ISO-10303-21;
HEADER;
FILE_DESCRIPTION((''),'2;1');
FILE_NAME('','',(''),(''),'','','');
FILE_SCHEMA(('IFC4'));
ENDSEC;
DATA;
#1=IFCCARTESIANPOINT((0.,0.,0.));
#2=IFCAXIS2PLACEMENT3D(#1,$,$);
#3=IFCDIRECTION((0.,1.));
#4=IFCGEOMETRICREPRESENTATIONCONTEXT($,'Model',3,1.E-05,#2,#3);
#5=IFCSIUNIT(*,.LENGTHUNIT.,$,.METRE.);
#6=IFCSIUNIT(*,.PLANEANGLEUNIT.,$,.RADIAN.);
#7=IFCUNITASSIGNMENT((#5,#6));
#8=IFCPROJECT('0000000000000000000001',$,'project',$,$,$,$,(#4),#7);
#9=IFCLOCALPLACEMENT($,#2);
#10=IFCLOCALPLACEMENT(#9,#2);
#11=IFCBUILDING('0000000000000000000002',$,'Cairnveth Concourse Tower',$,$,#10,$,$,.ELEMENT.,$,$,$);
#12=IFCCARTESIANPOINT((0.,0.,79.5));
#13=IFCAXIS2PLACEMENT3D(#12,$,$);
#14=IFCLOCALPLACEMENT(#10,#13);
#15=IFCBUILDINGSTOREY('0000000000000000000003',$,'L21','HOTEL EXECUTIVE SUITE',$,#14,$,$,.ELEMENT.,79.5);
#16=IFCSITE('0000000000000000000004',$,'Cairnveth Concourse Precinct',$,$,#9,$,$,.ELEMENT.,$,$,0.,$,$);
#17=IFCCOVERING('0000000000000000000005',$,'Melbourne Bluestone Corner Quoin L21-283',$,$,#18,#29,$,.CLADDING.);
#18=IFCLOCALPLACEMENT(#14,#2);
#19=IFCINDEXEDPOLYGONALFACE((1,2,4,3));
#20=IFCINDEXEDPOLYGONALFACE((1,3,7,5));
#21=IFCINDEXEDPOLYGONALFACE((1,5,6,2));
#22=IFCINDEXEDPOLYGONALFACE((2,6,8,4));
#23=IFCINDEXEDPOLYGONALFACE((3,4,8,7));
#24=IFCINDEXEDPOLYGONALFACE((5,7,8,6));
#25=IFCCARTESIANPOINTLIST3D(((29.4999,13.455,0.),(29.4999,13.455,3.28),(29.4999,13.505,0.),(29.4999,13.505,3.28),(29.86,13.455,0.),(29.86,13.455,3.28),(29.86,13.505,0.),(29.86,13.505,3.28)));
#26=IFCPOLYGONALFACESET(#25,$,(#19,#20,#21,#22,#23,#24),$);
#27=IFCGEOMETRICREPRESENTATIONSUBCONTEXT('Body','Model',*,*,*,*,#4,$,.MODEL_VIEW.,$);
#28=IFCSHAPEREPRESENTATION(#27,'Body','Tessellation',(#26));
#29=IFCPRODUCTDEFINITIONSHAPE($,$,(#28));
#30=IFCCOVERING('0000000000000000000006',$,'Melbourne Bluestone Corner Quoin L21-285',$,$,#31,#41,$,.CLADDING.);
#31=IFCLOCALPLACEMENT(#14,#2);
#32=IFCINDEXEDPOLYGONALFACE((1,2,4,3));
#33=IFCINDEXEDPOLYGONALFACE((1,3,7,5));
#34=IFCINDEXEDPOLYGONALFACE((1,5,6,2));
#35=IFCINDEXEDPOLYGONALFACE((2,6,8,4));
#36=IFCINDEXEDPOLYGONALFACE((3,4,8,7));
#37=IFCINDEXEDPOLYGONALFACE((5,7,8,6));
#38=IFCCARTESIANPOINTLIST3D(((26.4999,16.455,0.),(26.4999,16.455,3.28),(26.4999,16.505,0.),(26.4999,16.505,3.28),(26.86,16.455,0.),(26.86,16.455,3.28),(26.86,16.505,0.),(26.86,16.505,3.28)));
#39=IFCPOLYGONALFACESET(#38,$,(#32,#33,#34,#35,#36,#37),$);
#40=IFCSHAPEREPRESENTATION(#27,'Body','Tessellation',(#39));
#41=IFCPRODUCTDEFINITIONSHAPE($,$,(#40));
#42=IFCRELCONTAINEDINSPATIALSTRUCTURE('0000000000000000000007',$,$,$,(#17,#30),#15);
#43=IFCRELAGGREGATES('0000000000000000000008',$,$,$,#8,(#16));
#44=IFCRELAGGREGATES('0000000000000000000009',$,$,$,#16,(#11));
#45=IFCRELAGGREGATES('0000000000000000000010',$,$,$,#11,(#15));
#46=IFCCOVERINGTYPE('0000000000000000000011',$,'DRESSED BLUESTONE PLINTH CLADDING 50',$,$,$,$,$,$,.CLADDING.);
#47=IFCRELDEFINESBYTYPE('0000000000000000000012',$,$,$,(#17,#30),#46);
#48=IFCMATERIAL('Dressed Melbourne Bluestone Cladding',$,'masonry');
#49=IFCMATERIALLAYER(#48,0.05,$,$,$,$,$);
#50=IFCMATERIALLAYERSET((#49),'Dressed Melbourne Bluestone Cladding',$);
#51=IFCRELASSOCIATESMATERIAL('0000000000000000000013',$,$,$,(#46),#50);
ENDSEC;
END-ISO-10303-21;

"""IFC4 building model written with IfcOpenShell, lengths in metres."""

from ifc_helpers import new_model, si_unit, direction, frame, frame_2d, origin, place, context, subcontext, project, spatial, rectangle, extrude, material, layer, layer_set, type_object, element, save


model = new_model("IFC4")

# Units and contexts
model_context = context("Model", 3, precision=1e-05, world=origin(), true_north=direction((0.0, 1.0)))
body_context = subcontext(model_context, "Body", "Model", "MODEL_VIEW")
ifc_project = project(units=[si_unit("LENGTHUNIT", "METRE"), si_unit("PLANEANGLEUNIT", "RADIAN")], contexts=[model_context])

# Site, building, storey
site_placement = place(None, origin())
site = spatial("IfcSite", under=ifc_project, at=site_placement, Name="Cairnveth Concourse Precinct", CompositionType="ELEMENT", RefElevation=0.0)
building_placement = place(site_placement, origin())
building = spatial("IfcBuilding", under=site, at=building_placement, Name="Cairnveth Concourse Tower", CompositionType="ELEMENT")
storey_placement = place(building_placement, frame((0.0, 0.0, 79.5)))
storey = spatial("IfcBuildingStorey", under=building, at=storey_placement, Name="L21", Description="HOTEL EXECUTIVE SUITE", CompositionType="ELEMENT", Elevation=79.5)

# Coverings
ifc_material_1 = material(Name="Dressed Melbourne Bluestone Cladding", Category="masonry")
ifc_layer_1 = layer(ifc_material_1, 0.05)
ifc_layer_set_1 = layer_set([ifc_layer_1], Name="Dressed Melbourne Bluestone Cladding")
covering_type = type_object("IfcCoveringType", Name="DRESSED BLUESTONE PLINTH CLADDING 50", PredefinedType="CLADDING", material=ifc_layer_set_1)
for number, where, z_axis, x_axis, name in (
    (1, (29.8601, 13.48, 0.0), (0.0, 0.0, 1.0), (-1.0, 0.0, 0.0), "Melbourne Bluestone Corner Quoin L21-283"),
    (2, (26.8601, 16.48, 0.0), (0.0, 0.0, 1.0), (-1.0, 0.0, 0.0), "Melbourne Bluestone Corner Quoin L21-285"),
):
    element("IfcCovering", number, at=place(storey_placement, frame(where, z_axis=z_axis, x_axis=x_axis)), inside=storey, type_object=covering_type, Name=name, PredefinedType="CLADDING", context=body_context, shape_type="SweptSolid", body=[
        extrude(rectangle(XDim=0.3601, YDim=0.05, at=frame_2d((0.1802, 0.0))), origin(), (0.0, 0.0, 1.0), 3.28),
    ])

save(model, "model.ifc")
